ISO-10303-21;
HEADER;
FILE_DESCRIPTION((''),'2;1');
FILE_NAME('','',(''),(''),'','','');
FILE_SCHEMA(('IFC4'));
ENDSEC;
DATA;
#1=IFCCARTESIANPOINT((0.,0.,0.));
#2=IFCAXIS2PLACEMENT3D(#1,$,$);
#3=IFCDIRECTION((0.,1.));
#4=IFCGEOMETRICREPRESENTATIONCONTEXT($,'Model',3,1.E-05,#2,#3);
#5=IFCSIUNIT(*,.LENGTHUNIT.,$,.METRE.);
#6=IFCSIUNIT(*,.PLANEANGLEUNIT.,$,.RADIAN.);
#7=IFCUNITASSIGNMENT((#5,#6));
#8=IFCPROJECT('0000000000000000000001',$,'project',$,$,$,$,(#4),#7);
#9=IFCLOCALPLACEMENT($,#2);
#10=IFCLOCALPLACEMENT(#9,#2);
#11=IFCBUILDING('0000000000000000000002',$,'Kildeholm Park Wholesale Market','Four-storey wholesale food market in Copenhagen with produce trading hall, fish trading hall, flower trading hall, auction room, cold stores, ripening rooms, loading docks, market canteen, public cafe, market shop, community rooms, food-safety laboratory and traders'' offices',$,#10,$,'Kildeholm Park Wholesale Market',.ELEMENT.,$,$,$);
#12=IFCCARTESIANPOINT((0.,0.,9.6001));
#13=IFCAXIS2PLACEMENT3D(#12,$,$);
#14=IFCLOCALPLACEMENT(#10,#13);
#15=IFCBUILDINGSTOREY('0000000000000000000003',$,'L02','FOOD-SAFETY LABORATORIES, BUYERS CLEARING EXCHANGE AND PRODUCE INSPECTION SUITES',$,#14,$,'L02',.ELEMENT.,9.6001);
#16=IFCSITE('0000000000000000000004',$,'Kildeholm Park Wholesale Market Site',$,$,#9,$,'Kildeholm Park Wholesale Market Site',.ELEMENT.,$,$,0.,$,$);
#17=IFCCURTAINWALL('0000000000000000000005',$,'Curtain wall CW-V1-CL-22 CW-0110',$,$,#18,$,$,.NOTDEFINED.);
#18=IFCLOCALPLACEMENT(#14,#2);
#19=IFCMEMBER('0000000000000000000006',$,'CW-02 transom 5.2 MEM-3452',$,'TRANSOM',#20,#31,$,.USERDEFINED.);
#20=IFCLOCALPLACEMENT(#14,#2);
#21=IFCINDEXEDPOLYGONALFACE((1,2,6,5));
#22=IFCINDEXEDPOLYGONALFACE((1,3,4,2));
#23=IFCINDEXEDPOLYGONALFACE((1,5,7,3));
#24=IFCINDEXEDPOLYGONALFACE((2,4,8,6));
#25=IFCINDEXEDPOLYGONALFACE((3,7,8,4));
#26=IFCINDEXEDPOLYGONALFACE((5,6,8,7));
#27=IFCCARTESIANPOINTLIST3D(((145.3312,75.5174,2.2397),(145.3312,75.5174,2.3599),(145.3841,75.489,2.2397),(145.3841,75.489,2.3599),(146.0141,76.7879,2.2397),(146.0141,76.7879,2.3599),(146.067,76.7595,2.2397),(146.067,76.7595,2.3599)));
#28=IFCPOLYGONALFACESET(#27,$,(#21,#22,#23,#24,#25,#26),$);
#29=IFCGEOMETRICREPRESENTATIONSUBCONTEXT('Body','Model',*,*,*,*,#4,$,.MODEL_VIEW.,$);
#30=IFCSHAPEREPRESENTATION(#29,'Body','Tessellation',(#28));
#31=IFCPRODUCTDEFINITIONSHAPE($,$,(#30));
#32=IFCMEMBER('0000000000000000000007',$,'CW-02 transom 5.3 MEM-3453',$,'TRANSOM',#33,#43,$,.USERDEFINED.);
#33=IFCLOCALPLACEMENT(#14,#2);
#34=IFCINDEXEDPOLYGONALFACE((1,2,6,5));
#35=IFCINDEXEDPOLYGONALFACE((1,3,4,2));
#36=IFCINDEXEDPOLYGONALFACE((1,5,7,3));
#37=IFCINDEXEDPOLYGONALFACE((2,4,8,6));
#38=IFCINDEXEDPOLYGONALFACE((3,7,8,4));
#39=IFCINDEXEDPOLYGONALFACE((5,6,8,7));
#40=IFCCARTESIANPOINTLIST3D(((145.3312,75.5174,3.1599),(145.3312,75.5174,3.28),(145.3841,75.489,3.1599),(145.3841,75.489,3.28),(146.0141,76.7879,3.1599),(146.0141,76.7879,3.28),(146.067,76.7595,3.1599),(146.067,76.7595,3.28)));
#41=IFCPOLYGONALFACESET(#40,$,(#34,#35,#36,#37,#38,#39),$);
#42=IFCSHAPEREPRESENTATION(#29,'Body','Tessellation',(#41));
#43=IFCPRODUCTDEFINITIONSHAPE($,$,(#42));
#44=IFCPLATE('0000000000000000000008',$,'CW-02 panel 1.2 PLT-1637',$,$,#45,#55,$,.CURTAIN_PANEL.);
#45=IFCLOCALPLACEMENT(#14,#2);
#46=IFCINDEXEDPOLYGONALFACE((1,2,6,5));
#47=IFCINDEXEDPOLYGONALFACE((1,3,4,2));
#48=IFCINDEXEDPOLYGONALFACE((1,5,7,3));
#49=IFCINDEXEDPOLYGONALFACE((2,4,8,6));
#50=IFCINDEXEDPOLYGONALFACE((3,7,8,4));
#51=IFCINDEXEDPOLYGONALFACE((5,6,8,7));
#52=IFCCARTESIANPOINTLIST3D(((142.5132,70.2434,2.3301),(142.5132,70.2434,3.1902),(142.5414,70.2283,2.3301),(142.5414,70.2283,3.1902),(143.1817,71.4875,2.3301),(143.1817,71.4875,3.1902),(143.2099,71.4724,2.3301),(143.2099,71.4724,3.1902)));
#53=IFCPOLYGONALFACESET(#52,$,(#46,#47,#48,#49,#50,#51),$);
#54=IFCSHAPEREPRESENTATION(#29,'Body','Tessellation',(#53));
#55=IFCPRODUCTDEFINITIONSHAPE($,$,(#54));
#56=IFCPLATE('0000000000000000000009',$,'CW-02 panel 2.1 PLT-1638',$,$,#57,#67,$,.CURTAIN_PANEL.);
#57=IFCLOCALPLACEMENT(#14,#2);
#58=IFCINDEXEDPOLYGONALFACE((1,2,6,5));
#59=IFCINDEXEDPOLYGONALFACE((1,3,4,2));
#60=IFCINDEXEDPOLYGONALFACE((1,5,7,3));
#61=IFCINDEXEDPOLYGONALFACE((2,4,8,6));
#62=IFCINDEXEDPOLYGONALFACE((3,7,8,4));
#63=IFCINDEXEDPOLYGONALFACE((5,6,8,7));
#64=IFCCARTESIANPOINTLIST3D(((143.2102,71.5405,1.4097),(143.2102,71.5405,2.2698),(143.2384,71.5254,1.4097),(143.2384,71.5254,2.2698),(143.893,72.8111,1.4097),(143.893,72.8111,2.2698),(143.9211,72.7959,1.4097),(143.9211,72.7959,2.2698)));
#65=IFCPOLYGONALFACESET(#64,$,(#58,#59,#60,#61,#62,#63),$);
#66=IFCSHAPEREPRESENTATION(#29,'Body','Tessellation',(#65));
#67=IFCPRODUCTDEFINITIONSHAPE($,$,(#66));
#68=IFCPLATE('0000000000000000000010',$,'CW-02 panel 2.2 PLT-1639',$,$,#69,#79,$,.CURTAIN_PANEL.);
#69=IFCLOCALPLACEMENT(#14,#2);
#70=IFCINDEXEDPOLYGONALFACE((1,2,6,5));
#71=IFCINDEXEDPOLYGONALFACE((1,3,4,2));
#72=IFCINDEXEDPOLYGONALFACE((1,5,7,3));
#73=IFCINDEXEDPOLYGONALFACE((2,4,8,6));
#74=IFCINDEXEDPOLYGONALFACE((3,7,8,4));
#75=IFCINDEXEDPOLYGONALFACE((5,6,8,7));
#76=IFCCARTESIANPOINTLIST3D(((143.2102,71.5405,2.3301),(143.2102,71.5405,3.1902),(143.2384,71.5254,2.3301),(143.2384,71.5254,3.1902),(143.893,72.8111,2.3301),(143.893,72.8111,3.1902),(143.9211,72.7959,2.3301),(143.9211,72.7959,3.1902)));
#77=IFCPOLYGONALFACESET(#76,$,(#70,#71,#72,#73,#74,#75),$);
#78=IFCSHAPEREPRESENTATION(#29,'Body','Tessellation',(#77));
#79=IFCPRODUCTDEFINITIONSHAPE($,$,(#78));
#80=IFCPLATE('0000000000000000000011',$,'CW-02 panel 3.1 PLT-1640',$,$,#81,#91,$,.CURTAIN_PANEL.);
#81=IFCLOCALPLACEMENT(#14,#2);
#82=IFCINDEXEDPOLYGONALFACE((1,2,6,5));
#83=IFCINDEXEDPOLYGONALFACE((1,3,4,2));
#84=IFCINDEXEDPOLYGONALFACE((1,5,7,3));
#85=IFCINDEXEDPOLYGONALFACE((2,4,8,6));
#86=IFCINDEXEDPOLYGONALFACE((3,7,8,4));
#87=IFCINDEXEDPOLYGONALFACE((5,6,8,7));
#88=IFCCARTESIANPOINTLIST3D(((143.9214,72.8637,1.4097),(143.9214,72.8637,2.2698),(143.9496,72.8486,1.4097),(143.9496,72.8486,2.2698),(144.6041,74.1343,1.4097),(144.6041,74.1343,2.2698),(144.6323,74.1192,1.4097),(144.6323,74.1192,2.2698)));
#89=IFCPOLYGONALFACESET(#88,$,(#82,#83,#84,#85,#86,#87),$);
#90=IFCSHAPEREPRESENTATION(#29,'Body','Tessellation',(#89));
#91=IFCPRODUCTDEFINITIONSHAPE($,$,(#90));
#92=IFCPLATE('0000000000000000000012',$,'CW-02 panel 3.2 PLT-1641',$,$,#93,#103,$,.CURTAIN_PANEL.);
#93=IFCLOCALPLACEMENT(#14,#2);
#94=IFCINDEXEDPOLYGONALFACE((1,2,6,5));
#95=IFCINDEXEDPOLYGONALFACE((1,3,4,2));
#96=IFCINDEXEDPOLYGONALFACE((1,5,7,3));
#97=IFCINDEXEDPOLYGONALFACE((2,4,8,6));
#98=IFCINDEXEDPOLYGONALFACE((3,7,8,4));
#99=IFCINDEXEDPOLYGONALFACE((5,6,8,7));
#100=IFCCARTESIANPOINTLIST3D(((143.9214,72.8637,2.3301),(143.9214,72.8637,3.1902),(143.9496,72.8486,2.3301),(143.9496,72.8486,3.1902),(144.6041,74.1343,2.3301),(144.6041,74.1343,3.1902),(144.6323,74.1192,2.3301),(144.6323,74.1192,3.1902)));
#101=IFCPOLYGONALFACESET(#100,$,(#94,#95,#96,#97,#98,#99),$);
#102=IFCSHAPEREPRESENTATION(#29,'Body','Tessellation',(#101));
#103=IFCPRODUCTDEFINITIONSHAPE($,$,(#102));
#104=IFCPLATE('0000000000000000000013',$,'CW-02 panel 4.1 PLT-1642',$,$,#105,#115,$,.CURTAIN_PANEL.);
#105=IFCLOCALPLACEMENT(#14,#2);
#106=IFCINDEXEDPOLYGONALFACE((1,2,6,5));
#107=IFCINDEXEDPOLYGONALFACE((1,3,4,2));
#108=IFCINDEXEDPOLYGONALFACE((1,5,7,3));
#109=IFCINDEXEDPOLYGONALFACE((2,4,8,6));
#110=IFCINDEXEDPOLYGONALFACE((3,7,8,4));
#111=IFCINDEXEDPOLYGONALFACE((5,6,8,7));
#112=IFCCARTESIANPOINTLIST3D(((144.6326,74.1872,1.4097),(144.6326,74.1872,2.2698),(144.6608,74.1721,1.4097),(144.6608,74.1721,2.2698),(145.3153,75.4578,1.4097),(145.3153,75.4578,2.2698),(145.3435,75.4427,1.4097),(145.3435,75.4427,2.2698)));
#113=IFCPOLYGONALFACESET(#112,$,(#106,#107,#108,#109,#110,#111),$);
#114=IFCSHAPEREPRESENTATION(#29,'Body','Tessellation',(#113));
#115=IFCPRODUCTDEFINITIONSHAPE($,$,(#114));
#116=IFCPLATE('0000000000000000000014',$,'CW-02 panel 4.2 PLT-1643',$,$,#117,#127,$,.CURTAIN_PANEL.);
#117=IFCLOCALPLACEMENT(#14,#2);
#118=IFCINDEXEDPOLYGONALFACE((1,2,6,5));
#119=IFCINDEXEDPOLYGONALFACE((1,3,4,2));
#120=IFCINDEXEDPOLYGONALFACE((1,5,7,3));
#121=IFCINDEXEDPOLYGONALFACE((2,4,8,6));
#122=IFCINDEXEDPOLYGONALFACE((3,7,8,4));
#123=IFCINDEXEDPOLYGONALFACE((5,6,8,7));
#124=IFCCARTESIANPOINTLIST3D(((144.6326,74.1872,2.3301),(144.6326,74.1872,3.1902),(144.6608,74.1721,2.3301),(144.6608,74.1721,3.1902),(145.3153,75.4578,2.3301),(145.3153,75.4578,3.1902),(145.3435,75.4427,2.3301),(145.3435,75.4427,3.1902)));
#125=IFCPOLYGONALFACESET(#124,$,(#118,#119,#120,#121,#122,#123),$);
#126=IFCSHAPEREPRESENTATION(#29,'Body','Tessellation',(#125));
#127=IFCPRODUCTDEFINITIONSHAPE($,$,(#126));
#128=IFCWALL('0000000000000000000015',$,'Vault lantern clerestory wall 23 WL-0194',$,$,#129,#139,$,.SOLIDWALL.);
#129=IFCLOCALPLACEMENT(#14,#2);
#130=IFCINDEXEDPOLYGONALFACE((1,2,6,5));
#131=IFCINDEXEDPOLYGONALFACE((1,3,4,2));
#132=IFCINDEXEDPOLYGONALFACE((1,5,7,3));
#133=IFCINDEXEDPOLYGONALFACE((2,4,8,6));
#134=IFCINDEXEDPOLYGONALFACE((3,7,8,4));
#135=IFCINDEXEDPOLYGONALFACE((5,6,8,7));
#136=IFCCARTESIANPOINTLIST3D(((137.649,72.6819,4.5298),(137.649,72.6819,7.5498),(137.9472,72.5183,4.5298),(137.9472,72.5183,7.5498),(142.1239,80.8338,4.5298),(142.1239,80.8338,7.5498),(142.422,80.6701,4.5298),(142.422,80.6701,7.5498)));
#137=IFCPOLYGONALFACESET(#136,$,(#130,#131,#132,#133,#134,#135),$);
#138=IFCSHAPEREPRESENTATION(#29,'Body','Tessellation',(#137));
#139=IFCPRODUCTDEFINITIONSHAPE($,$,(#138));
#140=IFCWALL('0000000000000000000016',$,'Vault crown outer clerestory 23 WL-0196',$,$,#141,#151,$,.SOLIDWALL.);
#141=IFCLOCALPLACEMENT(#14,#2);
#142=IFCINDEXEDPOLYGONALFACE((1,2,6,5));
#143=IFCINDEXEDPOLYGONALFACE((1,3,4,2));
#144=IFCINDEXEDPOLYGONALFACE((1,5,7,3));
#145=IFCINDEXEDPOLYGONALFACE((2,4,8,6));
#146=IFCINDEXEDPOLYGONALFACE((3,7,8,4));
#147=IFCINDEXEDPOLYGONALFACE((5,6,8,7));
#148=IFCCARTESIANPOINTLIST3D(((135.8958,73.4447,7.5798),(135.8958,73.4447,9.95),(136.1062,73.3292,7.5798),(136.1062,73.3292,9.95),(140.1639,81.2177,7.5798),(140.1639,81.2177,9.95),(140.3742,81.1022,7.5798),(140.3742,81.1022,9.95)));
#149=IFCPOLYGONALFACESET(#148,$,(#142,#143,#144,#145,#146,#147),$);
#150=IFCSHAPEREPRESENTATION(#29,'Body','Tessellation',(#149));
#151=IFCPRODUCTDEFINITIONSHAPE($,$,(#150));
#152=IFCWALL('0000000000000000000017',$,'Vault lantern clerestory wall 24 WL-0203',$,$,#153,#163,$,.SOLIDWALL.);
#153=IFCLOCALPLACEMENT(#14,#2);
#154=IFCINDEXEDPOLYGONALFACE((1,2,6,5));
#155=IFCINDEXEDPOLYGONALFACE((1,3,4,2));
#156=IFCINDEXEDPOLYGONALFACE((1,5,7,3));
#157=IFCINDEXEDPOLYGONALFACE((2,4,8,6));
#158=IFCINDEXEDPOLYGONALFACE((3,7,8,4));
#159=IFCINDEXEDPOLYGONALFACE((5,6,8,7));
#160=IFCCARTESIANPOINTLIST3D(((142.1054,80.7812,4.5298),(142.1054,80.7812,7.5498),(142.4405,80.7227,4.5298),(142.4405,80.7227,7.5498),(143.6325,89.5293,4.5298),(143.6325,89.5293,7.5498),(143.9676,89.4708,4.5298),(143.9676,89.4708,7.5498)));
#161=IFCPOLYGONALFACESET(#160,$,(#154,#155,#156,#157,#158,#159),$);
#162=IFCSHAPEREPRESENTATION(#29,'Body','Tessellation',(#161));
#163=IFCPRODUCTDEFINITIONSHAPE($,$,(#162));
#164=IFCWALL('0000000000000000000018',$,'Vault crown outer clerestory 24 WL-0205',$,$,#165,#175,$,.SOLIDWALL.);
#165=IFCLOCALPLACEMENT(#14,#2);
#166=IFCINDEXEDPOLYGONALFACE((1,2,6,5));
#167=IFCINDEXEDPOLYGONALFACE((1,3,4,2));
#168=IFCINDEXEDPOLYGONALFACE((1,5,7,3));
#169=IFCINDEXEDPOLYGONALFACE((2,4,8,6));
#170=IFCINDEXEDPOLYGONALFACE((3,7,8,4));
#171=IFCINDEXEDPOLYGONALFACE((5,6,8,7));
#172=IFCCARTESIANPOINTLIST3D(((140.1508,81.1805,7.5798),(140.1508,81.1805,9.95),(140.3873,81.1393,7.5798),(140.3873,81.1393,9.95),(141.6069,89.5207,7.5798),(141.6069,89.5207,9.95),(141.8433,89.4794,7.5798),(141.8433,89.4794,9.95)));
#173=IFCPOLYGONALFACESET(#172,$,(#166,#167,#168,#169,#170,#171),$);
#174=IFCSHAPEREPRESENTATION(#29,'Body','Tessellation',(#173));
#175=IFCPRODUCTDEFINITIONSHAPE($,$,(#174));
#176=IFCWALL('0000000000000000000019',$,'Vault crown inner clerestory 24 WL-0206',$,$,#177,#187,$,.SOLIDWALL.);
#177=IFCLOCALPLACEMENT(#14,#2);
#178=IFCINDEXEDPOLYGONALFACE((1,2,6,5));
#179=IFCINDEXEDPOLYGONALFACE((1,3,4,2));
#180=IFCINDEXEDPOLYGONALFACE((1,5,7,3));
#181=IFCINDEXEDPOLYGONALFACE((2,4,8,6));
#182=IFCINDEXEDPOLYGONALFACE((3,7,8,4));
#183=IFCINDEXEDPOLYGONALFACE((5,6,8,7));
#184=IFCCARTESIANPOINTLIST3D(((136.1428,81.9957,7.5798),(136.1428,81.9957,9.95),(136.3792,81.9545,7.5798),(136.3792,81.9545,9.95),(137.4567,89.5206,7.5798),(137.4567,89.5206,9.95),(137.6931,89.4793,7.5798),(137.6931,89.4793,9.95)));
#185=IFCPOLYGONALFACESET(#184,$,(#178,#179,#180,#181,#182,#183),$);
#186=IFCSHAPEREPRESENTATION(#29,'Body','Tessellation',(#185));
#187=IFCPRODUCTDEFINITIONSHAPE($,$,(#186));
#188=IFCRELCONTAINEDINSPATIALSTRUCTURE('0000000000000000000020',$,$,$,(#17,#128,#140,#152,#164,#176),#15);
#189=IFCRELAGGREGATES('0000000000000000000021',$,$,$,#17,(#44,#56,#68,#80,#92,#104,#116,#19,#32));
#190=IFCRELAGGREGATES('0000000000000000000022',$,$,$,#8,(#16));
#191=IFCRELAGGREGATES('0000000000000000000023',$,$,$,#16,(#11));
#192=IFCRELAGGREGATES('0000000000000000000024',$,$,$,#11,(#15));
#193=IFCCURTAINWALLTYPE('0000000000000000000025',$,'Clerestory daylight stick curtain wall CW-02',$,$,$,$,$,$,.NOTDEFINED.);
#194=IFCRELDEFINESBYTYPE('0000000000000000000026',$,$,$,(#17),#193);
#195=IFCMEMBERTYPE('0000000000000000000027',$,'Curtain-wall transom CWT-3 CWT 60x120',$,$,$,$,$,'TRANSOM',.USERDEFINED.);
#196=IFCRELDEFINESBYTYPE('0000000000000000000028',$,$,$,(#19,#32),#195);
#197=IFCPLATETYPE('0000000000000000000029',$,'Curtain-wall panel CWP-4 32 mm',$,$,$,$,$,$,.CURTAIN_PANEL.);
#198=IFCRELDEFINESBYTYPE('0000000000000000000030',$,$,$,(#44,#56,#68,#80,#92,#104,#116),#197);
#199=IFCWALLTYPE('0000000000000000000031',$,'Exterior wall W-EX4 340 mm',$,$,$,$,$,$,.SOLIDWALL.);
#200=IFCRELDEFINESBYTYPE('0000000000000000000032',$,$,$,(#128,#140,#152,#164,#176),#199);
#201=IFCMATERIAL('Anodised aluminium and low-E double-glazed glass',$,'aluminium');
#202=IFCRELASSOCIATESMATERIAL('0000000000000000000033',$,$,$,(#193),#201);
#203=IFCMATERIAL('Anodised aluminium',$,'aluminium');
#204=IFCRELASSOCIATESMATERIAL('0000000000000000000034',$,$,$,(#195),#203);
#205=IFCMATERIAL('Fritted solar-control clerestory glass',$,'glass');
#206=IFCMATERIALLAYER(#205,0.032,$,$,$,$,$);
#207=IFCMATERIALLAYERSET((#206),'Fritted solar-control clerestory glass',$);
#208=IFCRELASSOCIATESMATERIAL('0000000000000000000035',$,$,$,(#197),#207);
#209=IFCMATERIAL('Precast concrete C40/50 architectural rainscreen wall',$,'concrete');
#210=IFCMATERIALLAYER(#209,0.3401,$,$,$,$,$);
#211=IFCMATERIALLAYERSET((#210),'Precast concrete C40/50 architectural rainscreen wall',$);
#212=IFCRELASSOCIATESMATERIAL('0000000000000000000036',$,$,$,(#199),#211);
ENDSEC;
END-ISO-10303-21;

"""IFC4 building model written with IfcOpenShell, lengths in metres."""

from ifc_helpers import new_model, si_unit, direction, frame, frame_2d, origin, origin_2d, place, context, subcontext, project, spatial, rectangle, extrude, material, layer, layer_set, material_profile, profile_set, type_object, element, aggregate, save


model = new_model("IFC4")

# Units and contexts
model_context = context("Model", 3, precision=1e-05, world=origin(), true_north=direction((0.0, 1.0)))
body_context = subcontext(model_context, "Body", "Model", "MODEL_VIEW")
ifc_project = project(units=[si_unit("LENGTHUNIT", "METRE"), si_unit("PLANEANGLEUNIT", "RADIAN")], contexts=[model_context])

# Site, building, storey
site_placement = place(None, origin())
site = spatial("IfcSite", under=ifc_project, at=site_placement, Name="Kildeholm Park Wholesale Market Site", LongName="Kildeholm Park Wholesale Market Site", CompositionType="ELEMENT", RefElevation=0.0)
building_placement = place(site_placement, origin())
building = spatial("IfcBuilding", under=site, at=building_placement, Name="Kildeholm Park Wholesale Market", Description="Four-storey wholesale food market in Copenhagen with produce trading hall, fish trading hall, flower trading hall, auction room, cold stores, ripening rooms, loading docks, market canteen, public cafe, market shop, community rooms, food-safety laboratory and traders' offices", LongName="Kildeholm Park Wholesale Market", CompositionType="ELEMENT")
storey_placement = place(building_placement, frame((0.0, 0.0, 9.6001)))
storey = spatial("IfcBuildingStorey", under=building, at=storey_placement, Name="L02", Description="FOOD-SAFETY LABORATORIES, BUYERS CLEARING EXCHANGE AND PRODUCE INSPECTION SUITES", LongName="L02", CompositionType="ELEMENT", Elevation=9.6001)

# Curtain wall, members, plates
ifc_material_1 = material(Name="Anodised aluminium and low-E double-glazed glass", Category="aluminium")
curtain_wall_type = type_object("IfcCurtainWallType", Name="Clerestory daylight stick curtain wall CW-02", PredefinedType="NOTDEFINED", material=ifc_material_1)
curtain_wall_placement = place(storey_placement, origin())
curtain_wall = element("IfcCurtainWall", 1, at=curtain_wall_placement, inside=storey, type_object=curtain_wall_type, Name="Curtain wall CW-V1-CL-22 CW-0110", PredefinedType="NOTDEFINED")
ifc_material_2 = material(Name="Anodised aluminium", Category="aluminium")
ifc_material_profile_1 = material_profile(ifc_material_2, rectangle(XDim=0.0601, YDim=0.1201, at=origin_2d()), Name="CWT 60x120")
ifc_profile_set_1 = profile_set([ifc_material_profile_1], Name="Anodised aluminium")
member_type_1 = type_object("IfcMemberType", Name="Curtain-wall transom CWT-3 CWT 60x120", ElementType="TRANSOM", PredefinedType="USERDEFINED", material=ifc_profile_set_1)
member_1_placement = place(storey_placement, frame((145.3577, 75.5032, 2.2998), z_axis=(0.473423, 0.880835, 0.0), x_axis=(-0.880835, 0.473423, 0.0)))
member_1 = element("IfcMember", 2, at=member_1_placement, type_object=member_type_1, Name="CW-02 transom 5.2 MEM-3452", ObjectType="TRANSOM", PredefinedType="USERDEFINED", context=body_context, shape_type="SweptSolid", body=[
    extrude(rectangle(XDim=0.0601, YDim=0.1201, at=origin_2d()), origin(), (0.0, 0.0, 1.0), 1.4424),
])
member_2_placement = place(storey_placement, frame((145.3577, 75.5032, 3.22), z_axis=(0.473423, 0.880835, 0.0), x_axis=(-0.880835, 0.473423, 0.0)))
member_2 = element("IfcMember", 3, at=member_2_placement, type_object=member_type_1, Name="CW-02 transom 5.3 MEM-3453", ObjectType="TRANSOM", PredefinedType="USERDEFINED", context=body_context, shape_type="SweptSolid", body=[
    extrude(rectangle(XDim=0.0601, YDim=0.1201, at=origin_2d()), origin(), (0.0, 0.0, 1.0), 1.4424),
])
ifc_material_3 = material(Name="Fritted solar-control clerestory glass", Category="glass")
ifc_layer_1 = layer(ifc_material_3, 0.032)
ifc_layer_set_1 = layer_set([ifc_layer_1], Name="Fritted solar-control clerestory glass")
plate_type = type_object("IfcPlateType", Name="Curtain-wall panel CWP-4 32 mm", PredefinedType="CURTAIN_PANEL", material=ifc_layer_set_1)
plate_1_placement = place(storey_placement, frame((142.8616, 70.8579, 2.3301), z_axis=(0.0, 0.0, 1.0), x_axis=(0.47334, 0.88088, 0.0)))
plate_1 = element("IfcPlate", 4, at=plate_1_placement, type_object=plate_type, Name="CW-02 panel 1.2 PLT-1637", PredefinedType="CURTAIN_PANEL", context=body_context, shape_type="SweptSolid", body=[
    extrude(rectangle(XDim=1.4124, YDim=0.032, at=origin_2d()), origin(), (0.0, 0.0, 1.0), 0.8601),
])
plate_2_placement = place(storey_placement, frame((143.5657, 72.1682, 1.4097), z_axis=(0.0, 0.0, 1.0), x_axis=(0.47334, 0.88088, 0.0)))
plate_2 = element("IfcPlate", 5, at=plate_2_placement, type_object=plate_type, Name="CW-02 panel 2.1 PLT-1638", PredefinedType="CURTAIN_PANEL", context=body_context, shape_type="SweptSolid", body=[
    extrude(rectangle(XDim=1.4424, YDim=0.032, at=origin_2d()), origin(), (0.0, 0.0, 1.0), 0.8601),
])
plate_3_placement = place(storey_placement, frame((143.5657, 72.1682, 2.3301), z_axis=(0.0, 0.0, 1.0), x_axis=(0.47334, 0.88088, 0.0)))
plate_3 = element("IfcPlate", 6, at=plate_3_placement, type_object=plate_type, Name="CW-02 panel 2.2 PLT-1639", PredefinedType="CURTAIN_PANEL", context=body_context, shape_type="SweptSolid", body=[
    extrude(rectangle(XDim=1.4424, YDim=0.032, at=origin_2d()), origin(), (0.0, 0.0, 1.0), 0.8601),
])
plate_4_placement = place(storey_placement, frame((144.2769, 73.4915, 1.4097), z_axis=(0.0, 0.0, 1.0), x_axis=(0.47334, 0.88088, 0.0)))
plate_4 = element("IfcPlate", 7, at=plate_4_placement, type_object=plate_type, Name="CW-02 panel 3.1 PLT-1640", PredefinedType="CURTAIN_PANEL", context=body_context, shape_type="SweptSolid", body=[
    extrude(rectangle(XDim=1.4424, YDim=0.032, at=origin_2d()), origin(), (0.0, 0.0, 1.0), 0.8601),
])
plate_5_placement = place(storey_placement, frame((144.2769, 73.4915, 2.3301), z_axis=(0.0, 0.0, 1.0), x_axis=(0.47334, 0.88088, 0.0)))
plate_5 = element("IfcPlate", 8, at=plate_5_placement, type_object=plate_type, Name="CW-02 panel 3.2 PLT-1641", PredefinedType="CURTAIN_PANEL", context=body_context, shape_type="SweptSolid", body=[
    extrude(rectangle(XDim=1.4424, YDim=0.032, at=origin_2d()), origin(), (0.0, 0.0, 1.0), 0.8601),
])
plate_6_placement = place(storey_placement, frame((144.988, 74.8149, 1.4097), z_axis=(0.0, 0.0, 1.0), x_axis=(0.47334, 0.88088, 0.0)))
plate_6 = element("IfcPlate", 9, at=plate_6_placement, type_object=plate_type, Name="CW-02 panel 4.1 PLT-1642", PredefinedType="CURTAIN_PANEL", context=body_context, shape_type="SweptSolid", body=[
    extrude(rectangle(XDim=1.4424, YDim=0.032, at=origin_2d()), origin(), (0.0, 0.0, 1.0), 0.8601),
])
plate_7_placement = place(storey_placement, frame((144.988, 74.8149, 2.3301), z_axis=(0.0, 0.0, 1.0), x_axis=(0.47334, 0.88088, 0.0)))
plate_7 = element("IfcPlate", 10, at=plate_7_placement, type_object=plate_type, Name="CW-02 panel 4.2 PLT-1643", PredefinedType="CURTAIN_PANEL", context=body_context, shape_type="SweptSolid", body=[
    extrude(rectangle(XDim=1.4424, YDim=0.032, at=origin_2d()), origin(), (0.0, 0.0, 1.0), 0.8601),
])
aggregate(curtain_wall, [plate_1, plate_2, plate_3, plate_4, plate_5, plate_6, plate_7, member_1, member_2])

# Walls
ifc_material_4 = material(Name="Precast concrete C40/50 architectural rainscreen wall", Category="concrete")
ifc_layer_2 = layer(ifc_material_4, 0.3401)
ifc_layer_set_2 = layer_set([ifc_layer_2], Name="Precast concrete C40/50 architectural rainscreen wall")
wall_type = type_object("IfcWallType", Name="Exterior wall W-EX4 340 mm", PredefinedType="SOLIDWALL", material=ifc_layer_set_2)
wall_1_placement = place(storey_placement, frame((137.7981, 72.6001, 4.5298), z_axis=(0.0, 0.0, 1.0), x_axis=(0.481203, 0.876609, 0.0)))
element("IfcWall", 11, at=wall_1_placement, inside=storey, type_object=wall_type, Name="Vault lantern clerestory wall 23 WL-0194", PredefinedType="SOLIDWALL", context=body_context, shape_type="SweptSolid", body=[
    extrude(rectangle(XDim=9.2993, YDim=0.3401, at=frame_2d((4.6497, 0.0))), origin(), (0.0, 0.0, 1.0), 3.02),
])
wall_2_placement = place(storey_placement, frame((136.001, 73.387, 7.5798), z_axis=(0.0, 0.0, 1.0), x_axis=(0.481308, 0.876552, 0.0)))
element("IfcWall", 12, at=wall_2_placement, inside=storey, type_object=wall_type, Name="Vault crown outer clerestory 23 WL-0196", PredefinedType="SOLIDWALL", context=body_context, shape_type="SweptSolid", body=[
    extrude(rectangle(XDim=8.8677, YDim=0.24, at=frame_2d((4.4338, 0.0))), origin(), (0.0, 0.0, 1.0), 2.3701),
])
wall_3_placement = place(storey_placement, frame((142.2729, 80.752, 4.5298), z_axis=(0.0, 0.0, 1.0), x_axis=(0.171964, 0.985103, 0.0)))
element("IfcWall", 13, at=wall_3_placement, inside=storey, type_object=wall_type, Name="Vault lantern clerestory wall 24 WL-0203", PredefinedType="SOLIDWALL", context=body_context, shape_type="SweptSolid", body=[
    extrude(rectangle(XDim=8.8804, YDim=0.3401, at=frame_2d((4.4402, 0.0))), origin(), (0.0, 0.0, 1.0), 3.02),
])
wall_4_placement = place(storey_placement, frame((140.269, 81.1599, 7.5798), z_axis=(0.0, 0.0, 1.0), x_axis=(0.171984, 0.9851, 0.0)))
element("IfcWall", 14, at=wall_4_placement, inside=storey, type_object=wall_type, Name="Vault crown outer clerestory 24 WL-0205", PredefinedType="SOLIDWALL", context=body_context, shape_type="SweptSolid", body=[
    extrude(rectangle(XDim=8.4663, YDim=0.24, at=frame_2d((4.2332, 0.0))), origin(), (0.0, 0.0, 1.0), 2.3701),
])
wall_5_placement = place(storey_placement, frame((136.261, 81.9751, 7.5798), z_axis=(0.0, 0.0, 1.0), x_axis=(0.172013, 0.985095, 0.0)))
element("IfcWall", 15, at=wall_5_placement, inside=storey, type_object=wall_type, Name="Vault crown inner clerestory 24 WL-0206", PredefinedType="SOLIDWALL", context=body_context, shape_type="SweptSolid", body=[
    extrude(rectangle(XDim=7.6387, YDim=0.24, at=frame_2d((3.8193, 0.0))), origin(), (0.0, 0.0, 1.0), 2.3701),
])

save(model, "model.ifc")
